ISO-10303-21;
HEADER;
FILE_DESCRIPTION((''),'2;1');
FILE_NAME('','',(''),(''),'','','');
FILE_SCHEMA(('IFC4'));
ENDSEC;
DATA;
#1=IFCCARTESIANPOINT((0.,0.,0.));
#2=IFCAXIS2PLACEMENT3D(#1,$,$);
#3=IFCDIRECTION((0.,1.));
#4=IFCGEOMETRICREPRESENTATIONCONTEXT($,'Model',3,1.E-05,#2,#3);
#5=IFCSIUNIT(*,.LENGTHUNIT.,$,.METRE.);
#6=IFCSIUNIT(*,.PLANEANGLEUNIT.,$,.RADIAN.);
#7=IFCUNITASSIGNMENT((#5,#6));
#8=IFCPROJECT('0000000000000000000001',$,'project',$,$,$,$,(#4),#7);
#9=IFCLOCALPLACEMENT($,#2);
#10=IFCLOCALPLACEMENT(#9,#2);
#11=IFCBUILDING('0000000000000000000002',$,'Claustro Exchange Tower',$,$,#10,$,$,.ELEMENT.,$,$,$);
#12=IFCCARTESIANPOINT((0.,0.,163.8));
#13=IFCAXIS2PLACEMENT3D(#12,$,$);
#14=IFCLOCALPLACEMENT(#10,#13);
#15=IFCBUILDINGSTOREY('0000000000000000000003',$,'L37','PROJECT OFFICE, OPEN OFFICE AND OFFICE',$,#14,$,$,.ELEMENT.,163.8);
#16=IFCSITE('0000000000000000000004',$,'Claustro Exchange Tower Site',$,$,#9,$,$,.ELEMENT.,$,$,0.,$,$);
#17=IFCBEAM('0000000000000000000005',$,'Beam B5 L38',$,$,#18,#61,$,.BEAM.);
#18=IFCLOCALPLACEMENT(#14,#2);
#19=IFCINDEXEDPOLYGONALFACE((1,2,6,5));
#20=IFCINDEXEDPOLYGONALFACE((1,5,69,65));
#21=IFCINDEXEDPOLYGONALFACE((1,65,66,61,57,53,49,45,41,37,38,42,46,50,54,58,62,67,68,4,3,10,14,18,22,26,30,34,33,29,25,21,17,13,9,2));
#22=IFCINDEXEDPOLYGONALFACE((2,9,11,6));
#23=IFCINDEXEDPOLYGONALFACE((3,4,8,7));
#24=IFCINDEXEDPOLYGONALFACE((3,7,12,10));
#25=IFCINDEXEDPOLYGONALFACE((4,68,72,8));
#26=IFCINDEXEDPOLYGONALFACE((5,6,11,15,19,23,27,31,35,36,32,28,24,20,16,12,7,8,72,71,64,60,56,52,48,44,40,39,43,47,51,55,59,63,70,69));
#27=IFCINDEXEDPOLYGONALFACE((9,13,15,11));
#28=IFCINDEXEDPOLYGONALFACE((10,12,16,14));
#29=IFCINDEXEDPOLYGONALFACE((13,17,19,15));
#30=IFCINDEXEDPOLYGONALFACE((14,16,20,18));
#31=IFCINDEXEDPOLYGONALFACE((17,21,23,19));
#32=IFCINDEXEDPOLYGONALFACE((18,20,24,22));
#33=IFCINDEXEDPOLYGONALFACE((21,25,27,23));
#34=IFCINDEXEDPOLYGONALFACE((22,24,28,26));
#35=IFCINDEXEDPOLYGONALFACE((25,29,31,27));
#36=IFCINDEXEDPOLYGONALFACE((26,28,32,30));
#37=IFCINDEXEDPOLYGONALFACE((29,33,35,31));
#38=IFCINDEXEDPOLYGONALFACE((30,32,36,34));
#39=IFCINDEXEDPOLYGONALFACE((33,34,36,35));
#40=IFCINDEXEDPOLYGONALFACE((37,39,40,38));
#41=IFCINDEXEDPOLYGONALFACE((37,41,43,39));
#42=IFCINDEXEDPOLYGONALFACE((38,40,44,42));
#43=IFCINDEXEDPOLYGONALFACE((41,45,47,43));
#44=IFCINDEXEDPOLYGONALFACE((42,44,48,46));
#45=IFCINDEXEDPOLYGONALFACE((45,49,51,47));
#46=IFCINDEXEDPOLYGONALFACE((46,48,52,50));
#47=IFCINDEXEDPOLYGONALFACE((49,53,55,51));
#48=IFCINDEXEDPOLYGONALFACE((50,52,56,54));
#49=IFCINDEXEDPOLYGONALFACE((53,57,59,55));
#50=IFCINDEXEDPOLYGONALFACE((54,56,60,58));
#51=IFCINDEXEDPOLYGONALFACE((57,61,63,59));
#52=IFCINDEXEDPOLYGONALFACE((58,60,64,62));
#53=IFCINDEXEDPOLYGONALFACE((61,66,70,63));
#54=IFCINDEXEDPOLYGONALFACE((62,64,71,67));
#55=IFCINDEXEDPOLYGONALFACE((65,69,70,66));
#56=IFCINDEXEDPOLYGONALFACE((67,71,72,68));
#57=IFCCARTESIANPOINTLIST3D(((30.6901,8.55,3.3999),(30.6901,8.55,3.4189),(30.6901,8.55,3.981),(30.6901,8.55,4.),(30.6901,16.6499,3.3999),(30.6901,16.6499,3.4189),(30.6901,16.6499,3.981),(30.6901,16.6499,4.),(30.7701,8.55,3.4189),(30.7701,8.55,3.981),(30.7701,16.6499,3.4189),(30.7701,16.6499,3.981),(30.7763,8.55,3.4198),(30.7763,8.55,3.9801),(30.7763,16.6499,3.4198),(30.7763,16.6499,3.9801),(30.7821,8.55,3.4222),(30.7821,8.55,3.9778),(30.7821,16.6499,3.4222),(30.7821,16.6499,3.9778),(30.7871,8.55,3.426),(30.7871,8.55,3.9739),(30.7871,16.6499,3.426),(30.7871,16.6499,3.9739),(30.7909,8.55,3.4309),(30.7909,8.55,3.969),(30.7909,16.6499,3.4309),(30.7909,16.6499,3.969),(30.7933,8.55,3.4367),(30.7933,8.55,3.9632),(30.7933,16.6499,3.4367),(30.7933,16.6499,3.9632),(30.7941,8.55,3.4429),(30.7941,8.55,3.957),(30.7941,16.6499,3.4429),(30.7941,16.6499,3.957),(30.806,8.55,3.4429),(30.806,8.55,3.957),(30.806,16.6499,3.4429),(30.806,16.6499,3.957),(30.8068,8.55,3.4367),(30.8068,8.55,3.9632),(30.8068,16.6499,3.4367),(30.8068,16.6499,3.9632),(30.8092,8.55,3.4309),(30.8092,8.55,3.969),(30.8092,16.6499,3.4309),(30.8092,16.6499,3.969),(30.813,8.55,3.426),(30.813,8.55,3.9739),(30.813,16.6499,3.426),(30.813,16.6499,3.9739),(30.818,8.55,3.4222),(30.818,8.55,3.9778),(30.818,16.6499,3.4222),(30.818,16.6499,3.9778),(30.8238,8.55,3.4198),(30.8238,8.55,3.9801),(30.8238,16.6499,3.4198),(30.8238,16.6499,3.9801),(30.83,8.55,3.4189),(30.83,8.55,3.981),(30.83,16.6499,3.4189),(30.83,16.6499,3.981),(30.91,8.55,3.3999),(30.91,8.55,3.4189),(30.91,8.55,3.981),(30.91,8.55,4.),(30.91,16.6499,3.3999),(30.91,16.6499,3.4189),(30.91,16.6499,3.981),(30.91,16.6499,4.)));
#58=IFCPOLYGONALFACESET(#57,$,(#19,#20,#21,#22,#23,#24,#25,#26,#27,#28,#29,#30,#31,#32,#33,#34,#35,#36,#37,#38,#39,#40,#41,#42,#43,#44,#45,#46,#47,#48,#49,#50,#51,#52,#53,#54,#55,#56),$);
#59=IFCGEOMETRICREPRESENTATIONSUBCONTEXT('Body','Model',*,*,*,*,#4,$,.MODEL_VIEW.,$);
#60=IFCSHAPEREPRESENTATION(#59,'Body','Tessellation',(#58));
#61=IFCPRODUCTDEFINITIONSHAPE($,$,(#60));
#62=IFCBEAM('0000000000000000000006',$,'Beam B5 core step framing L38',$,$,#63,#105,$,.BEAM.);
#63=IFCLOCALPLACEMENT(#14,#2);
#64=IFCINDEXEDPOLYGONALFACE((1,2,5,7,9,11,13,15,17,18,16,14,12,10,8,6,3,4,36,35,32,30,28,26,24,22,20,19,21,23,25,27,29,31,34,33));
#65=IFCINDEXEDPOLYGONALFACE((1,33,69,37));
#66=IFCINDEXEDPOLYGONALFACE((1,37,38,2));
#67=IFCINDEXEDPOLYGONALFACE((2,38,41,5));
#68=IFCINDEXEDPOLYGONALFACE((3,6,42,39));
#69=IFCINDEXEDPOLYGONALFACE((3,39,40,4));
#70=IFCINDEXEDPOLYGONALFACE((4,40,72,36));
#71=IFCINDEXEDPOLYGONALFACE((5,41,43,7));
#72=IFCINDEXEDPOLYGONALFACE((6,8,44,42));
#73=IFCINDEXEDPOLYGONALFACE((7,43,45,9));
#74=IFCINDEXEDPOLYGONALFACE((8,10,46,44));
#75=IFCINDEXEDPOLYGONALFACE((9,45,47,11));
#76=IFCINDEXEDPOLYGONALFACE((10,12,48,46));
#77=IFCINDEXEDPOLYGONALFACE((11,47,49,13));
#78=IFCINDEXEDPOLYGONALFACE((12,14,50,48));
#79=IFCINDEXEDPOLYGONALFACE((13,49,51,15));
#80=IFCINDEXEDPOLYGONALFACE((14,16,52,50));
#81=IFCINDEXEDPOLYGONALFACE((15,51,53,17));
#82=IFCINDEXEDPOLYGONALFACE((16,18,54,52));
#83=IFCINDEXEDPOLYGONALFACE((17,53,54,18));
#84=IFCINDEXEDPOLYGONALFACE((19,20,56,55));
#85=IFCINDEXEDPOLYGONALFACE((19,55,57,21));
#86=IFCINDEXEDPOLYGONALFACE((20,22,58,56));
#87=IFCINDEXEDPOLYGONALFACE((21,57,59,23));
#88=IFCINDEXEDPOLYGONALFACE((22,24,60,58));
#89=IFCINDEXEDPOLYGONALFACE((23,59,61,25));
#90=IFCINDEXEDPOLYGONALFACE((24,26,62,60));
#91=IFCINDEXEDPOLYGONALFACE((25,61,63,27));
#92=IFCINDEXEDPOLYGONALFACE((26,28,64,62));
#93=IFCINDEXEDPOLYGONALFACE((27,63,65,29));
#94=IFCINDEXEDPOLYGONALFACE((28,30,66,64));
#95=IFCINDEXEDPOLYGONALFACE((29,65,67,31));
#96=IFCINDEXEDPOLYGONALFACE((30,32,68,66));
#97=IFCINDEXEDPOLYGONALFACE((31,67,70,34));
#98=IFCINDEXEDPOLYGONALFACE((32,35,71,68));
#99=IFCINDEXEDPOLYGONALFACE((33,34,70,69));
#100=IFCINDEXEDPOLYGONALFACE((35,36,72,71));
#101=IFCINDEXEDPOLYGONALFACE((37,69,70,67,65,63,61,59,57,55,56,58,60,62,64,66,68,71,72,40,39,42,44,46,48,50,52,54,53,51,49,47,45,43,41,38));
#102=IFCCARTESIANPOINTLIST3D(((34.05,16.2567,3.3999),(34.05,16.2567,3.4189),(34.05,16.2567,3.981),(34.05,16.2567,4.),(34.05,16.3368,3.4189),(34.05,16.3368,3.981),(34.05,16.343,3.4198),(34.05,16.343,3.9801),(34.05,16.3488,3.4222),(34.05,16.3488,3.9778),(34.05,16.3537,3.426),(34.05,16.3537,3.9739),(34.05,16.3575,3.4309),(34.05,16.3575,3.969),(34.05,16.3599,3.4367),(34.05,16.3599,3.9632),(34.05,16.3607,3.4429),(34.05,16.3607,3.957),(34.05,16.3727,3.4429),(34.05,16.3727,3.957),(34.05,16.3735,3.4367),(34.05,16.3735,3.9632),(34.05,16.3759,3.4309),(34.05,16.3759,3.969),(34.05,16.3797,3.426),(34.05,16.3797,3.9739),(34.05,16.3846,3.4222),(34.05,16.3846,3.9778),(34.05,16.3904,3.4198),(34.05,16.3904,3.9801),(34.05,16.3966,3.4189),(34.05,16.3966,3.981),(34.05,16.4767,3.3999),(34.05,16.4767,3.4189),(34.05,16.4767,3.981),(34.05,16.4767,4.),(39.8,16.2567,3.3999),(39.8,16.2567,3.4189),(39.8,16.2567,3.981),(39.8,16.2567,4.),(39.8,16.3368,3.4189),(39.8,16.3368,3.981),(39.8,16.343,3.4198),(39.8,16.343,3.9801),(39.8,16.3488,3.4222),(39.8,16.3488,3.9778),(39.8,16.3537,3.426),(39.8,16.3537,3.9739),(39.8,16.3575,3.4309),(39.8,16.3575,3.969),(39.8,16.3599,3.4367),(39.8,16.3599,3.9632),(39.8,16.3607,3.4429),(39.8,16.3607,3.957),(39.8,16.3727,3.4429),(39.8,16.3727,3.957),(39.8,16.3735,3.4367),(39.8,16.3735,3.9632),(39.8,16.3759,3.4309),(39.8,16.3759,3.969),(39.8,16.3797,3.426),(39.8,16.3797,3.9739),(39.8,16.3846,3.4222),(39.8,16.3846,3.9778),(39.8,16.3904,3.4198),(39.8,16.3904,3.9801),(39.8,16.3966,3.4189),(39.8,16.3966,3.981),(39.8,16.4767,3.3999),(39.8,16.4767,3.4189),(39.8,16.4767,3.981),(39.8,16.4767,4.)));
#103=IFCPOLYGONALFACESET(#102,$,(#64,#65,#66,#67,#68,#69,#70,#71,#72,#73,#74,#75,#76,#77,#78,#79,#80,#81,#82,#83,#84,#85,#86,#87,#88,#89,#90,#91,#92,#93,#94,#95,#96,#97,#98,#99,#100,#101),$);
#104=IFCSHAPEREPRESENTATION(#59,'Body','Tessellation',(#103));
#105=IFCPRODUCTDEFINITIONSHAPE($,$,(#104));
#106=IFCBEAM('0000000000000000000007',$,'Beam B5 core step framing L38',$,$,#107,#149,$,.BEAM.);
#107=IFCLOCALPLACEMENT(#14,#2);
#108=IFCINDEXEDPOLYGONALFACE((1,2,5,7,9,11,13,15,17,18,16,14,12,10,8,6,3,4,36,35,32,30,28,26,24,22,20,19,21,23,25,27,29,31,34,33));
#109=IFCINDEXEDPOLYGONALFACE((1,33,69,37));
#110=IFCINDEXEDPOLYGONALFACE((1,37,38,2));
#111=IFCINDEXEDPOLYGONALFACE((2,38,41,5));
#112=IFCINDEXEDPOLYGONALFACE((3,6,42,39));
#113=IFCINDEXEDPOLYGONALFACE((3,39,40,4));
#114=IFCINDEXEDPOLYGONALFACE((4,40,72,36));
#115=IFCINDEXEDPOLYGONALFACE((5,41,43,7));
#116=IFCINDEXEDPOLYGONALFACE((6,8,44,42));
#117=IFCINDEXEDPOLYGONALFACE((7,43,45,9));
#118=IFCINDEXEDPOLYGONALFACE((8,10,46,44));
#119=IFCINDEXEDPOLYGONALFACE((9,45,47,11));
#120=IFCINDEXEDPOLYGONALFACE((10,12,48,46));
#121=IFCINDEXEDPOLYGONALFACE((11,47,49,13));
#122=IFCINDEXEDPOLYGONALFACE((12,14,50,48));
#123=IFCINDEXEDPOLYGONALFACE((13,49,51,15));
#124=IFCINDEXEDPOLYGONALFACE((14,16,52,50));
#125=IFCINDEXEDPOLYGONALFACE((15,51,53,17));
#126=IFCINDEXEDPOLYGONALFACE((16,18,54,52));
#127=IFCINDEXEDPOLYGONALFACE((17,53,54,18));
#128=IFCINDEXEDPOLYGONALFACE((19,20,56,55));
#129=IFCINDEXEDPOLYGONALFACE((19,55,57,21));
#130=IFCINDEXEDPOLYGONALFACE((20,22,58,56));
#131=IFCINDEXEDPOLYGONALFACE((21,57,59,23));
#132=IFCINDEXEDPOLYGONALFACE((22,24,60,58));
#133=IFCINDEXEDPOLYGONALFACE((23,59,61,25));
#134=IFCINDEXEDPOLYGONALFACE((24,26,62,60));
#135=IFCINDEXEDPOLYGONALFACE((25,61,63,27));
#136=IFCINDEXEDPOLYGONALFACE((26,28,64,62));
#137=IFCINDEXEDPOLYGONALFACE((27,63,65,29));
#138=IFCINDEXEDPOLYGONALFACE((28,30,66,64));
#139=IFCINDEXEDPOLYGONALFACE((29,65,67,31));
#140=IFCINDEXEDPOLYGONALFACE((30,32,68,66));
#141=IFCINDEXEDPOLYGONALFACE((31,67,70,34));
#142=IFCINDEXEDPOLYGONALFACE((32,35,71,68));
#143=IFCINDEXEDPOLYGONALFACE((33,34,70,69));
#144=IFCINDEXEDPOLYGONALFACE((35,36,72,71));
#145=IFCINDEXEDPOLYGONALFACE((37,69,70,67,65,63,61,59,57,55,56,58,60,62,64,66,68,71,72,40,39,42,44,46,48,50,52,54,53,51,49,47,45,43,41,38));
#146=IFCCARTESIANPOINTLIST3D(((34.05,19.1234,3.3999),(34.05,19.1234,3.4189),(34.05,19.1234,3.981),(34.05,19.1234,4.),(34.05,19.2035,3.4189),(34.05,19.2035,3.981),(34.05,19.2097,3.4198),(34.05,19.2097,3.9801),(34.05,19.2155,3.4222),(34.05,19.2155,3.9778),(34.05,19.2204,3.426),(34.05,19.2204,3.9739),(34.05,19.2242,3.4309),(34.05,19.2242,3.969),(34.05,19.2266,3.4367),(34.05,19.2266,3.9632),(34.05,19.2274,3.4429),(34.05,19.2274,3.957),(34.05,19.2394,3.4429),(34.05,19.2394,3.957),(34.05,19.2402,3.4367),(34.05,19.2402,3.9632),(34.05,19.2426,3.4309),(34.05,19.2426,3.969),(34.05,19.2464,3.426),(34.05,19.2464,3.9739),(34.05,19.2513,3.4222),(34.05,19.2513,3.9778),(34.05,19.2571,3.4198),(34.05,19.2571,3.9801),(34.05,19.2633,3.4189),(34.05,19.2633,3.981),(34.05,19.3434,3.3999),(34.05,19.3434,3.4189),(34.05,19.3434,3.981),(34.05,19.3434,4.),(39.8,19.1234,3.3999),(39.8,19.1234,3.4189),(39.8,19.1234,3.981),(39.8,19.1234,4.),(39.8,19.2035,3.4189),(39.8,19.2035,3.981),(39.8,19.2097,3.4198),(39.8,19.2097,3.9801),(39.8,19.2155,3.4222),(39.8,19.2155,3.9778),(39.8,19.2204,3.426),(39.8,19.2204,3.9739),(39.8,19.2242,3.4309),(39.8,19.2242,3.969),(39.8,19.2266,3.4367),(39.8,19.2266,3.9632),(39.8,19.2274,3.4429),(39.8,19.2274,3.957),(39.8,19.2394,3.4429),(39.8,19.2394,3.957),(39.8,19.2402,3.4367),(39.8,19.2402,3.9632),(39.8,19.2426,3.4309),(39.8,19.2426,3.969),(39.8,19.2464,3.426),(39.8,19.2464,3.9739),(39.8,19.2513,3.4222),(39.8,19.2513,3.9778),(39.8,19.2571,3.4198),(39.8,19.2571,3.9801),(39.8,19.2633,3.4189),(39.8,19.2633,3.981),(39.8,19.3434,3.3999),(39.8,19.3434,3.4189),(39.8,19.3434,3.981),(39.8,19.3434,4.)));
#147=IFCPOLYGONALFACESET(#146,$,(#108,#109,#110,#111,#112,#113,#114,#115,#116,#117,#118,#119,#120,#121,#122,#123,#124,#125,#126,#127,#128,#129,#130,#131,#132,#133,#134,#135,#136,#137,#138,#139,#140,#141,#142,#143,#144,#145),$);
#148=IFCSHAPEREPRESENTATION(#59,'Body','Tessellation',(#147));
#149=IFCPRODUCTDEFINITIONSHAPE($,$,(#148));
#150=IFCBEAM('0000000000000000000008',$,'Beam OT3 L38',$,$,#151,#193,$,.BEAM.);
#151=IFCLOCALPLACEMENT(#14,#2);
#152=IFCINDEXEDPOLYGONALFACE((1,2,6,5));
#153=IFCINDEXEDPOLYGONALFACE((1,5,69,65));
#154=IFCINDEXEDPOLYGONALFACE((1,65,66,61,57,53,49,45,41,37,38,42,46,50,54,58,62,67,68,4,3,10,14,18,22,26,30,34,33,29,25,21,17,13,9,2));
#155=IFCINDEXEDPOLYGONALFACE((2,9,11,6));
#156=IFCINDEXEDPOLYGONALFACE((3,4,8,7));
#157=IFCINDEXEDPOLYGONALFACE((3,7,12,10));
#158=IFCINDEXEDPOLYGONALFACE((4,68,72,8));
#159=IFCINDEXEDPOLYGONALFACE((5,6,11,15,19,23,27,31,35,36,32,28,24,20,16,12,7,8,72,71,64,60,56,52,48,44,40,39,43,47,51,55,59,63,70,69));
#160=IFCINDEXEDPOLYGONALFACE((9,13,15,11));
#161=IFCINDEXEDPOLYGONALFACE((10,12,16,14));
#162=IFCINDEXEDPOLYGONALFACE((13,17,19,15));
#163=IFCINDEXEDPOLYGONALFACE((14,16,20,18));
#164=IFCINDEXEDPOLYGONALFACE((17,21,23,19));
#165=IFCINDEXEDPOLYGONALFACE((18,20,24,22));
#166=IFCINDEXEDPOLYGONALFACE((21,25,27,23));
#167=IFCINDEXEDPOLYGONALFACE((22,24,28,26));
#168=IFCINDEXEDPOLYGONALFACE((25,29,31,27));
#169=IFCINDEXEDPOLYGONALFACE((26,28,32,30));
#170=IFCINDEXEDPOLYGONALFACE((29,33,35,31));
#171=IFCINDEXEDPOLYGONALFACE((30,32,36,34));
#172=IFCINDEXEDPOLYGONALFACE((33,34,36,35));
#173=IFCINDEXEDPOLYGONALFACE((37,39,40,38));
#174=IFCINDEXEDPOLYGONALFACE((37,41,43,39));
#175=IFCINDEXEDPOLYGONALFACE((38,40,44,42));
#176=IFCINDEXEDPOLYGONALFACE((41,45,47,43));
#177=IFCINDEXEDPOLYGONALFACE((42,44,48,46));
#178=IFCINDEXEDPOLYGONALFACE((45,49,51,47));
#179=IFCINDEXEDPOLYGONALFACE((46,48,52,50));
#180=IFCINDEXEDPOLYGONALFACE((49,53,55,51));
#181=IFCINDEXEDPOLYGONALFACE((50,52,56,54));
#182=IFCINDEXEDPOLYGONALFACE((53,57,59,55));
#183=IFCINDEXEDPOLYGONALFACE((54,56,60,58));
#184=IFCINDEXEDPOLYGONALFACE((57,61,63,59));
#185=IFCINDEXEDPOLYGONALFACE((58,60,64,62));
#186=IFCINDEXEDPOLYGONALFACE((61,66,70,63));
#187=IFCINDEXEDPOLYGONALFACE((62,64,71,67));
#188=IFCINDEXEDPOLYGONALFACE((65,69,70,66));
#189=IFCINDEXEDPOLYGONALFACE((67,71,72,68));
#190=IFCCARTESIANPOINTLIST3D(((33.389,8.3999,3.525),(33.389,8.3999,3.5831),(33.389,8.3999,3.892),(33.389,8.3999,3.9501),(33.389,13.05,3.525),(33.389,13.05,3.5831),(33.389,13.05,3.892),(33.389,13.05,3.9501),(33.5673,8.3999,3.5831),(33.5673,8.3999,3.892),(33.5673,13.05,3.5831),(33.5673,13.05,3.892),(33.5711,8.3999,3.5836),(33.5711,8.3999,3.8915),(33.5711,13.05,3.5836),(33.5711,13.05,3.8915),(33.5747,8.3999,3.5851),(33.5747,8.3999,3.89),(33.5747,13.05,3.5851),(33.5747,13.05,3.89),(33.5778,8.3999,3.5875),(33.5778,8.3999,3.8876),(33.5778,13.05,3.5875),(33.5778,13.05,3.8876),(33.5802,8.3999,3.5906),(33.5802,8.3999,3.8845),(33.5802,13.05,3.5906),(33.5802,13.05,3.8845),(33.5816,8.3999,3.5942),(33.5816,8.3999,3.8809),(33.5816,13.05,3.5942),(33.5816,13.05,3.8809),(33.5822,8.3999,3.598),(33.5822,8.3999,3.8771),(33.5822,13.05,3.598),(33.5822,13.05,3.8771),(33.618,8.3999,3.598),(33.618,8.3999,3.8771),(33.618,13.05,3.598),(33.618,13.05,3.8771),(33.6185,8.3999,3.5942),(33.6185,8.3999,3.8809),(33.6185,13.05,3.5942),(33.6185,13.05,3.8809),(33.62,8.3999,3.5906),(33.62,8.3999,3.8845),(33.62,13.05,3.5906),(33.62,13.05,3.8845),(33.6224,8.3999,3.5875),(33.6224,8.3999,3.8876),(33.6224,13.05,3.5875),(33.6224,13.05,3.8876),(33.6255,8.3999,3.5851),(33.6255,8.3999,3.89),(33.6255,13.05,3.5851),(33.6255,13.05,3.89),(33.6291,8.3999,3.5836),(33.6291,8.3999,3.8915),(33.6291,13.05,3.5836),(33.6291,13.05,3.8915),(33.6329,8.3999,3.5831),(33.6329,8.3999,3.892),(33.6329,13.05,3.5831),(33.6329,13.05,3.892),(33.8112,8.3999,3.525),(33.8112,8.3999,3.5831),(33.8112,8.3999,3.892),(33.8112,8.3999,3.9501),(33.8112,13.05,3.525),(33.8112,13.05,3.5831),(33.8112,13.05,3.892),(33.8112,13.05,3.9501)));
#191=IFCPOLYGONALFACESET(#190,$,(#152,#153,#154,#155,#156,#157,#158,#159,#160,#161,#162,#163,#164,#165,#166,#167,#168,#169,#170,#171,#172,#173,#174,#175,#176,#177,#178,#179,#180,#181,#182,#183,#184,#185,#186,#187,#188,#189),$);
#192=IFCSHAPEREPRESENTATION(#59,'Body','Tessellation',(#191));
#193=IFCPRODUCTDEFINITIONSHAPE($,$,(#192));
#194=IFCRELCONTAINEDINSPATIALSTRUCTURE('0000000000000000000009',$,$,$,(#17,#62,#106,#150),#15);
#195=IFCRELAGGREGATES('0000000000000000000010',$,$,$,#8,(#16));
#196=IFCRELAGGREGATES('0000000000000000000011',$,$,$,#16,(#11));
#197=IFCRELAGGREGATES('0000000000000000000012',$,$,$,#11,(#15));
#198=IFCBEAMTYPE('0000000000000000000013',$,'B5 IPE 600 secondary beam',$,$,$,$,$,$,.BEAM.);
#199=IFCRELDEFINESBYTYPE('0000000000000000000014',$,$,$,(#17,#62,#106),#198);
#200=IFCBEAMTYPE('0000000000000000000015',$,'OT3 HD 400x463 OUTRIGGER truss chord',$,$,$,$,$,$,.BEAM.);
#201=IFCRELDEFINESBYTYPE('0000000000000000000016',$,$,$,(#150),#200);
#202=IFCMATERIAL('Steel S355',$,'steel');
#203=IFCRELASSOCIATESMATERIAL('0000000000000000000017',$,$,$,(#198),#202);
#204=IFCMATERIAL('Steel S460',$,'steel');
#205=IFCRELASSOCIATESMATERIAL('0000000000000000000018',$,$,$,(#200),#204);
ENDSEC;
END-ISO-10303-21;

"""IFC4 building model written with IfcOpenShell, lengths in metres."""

from ifc_helpers import new_model, si_unit, direction, frame, origin, origin_2d, place, context, subcontext, project, spatial, i_section, extrude, material, material_profile, profile_set, type_object, element, save


model = new_model("IFC4")

# Units and contexts
model_context = context("Model", 3, precision=1e-05, world=origin(), true_north=direction((0.0, 1.0)))
body_context = subcontext(model_context, "Body", "Model", "MODEL_VIEW")
ifc_project = project(units=[si_unit("LENGTHUNIT", "METRE"), si_unit("PLANEANGLEUNIT", "RADIAN")], contexts=[model_context])

# Site, building, storey
site_placement = place(None, origin())
site = spatial("IfcSite", under=ifc_project, at=site_placement, Name="Claustro Exchange Tower Site", CompositionType="ELEMENT", RefElevation=0.0)
building_placement = place(site_placement, origin())
building = spatial("IfcBuilding", under=site, at=building_placement, Name="Claustro Exchange Tower", CompositionType="ELEMENT")
storey_placement = place(building_placement, frame((0.0, 0.0, 163.8)))
storey = spatial("IfcBuildingStorey", under=building, at=storey_placement, Name="L37", Description="PROJECT OFFICE, OPEN OFFICE AND OFFICE", CompositionType="ELEMENT", Elevation=163.8)

# Beams
ifc_material_1 = material(Name="Steel S355", Category="steel")
ifc_material_profile_1 = material_profile(ifc_material_1, i_section(OverallWidth=0.22, OverallDepth=0.6001, WebThickness=0.012, FlangeThickness=0.019, FilletRadius=0.0239, at=origin_2d()), Name="IPE 600")
ifc_profile_set_1 = profile_set([ifc_material_profile_1], Name="Steel S355")
beam_type_1 = type_object("IfcBeamType", Name="B5 IPE 600 secondary beam", PredefinedType="BEAM", material=ifc_profile_set_1)
for number, where, z_axis, x_axis, name in (
    (1, (30.8, 8.55, 3.7), (0.0, 1.0, 0.0), (-1.0, 0.0, 0.0), "Beam B5 L38"),
):
    element("IfcBeam", number, at=place(storey_placement, frame(where, z_axis=z_axis, x_axis=x_axis)), inside=storey, type_object=beam_type_1, Name=name, PredefinedType="BEAM", context=body_context, shape_type="SweptSolid", body=[
        extrude(i_section(OverallWidth=0.22, OverallDepth=0.6001, WebThickness=0.012, FlangeThickness=0.019, FilletRadius=0.0239, at=origin_2d()), origin(), (0.0, 0.0, 1.0), 8.0999),
    ])
for number, where, z_axis, x_axis, name in (
    (2, (34.05, 16.3667, 3.7), (1.0, 0.0, 0.0), (0.0, 1.0, 0.0), "Beam B5 core step framing L38"),
    (3, (34.05, 19.2334, 3.7), (1.0, 0.0, 0.0), (0.0, 1.0, 0.0), "Beam B5 core step framing L38"),
):
    element("IfcBeam", number, at=place(storey_placement, frame(where, z_axis=z_axis, x_axis=x_axis)), inside=storey, type_object=beam_type_1, Name=name, PredefinedType="BEAM", context=body_context, shape_type="SweptSolid", body=[
        extrude(i_section(OverallWidth=0.22, OverallDepth=0.6001, WebThickness=0.012, FlangeThickness=0.019, FilletRadius=0.0239, at=origin_2d()), origin(), (0.0, 0.0, 1.0), 5.75),
    ])
ifc_material_2 = material(Name="Steel S460", Category="steel")
ifc_material_profile_2 = material_profile(ifc_material_2, i_section(OverallWidth=0.4221, OverallDepth=0.425, WebThickness=0.0359, FlangeThickness=0.0581, FilletRadius=0.0149, at=origin_2d()), Name="HD 400x463")
ifc_profile_set_2 = profile_set([ifc_material_profile_2], Name="Steel S460")
beam_type_2 = type_object("IfcBeamType", Name="OT3 HD 400x463 OUTRIGGER truss chord", PredefinedType="BEAM", material=ifc_profile_set_2)
beam_1_placement = place(storey_placement, frame((33.6001, 8.3999, 3.7375), z_axis=(0.0, 1.0, 0.0), x_axis=(-1.0, 0.0, 0.0)))
element("IfcBeam", 4, at=beam_1_placement, inside=storey, type_object=beam_type_2, Name="Beam OT3 L38", PredefinedType="BEAM", context=body_context, shape_type="SweptSolid", body=[
    extrude(i_section(OverallWidth=0.4221, OverallDepth=0.425, WebThickness=0.0359, FlangeThickness=0.0581, FilletRadius=0.0149, at=origin_2d()), origin(), (0.0, 0.0, 1.0), 4.6501),
])

save(model, "model.ifc")
